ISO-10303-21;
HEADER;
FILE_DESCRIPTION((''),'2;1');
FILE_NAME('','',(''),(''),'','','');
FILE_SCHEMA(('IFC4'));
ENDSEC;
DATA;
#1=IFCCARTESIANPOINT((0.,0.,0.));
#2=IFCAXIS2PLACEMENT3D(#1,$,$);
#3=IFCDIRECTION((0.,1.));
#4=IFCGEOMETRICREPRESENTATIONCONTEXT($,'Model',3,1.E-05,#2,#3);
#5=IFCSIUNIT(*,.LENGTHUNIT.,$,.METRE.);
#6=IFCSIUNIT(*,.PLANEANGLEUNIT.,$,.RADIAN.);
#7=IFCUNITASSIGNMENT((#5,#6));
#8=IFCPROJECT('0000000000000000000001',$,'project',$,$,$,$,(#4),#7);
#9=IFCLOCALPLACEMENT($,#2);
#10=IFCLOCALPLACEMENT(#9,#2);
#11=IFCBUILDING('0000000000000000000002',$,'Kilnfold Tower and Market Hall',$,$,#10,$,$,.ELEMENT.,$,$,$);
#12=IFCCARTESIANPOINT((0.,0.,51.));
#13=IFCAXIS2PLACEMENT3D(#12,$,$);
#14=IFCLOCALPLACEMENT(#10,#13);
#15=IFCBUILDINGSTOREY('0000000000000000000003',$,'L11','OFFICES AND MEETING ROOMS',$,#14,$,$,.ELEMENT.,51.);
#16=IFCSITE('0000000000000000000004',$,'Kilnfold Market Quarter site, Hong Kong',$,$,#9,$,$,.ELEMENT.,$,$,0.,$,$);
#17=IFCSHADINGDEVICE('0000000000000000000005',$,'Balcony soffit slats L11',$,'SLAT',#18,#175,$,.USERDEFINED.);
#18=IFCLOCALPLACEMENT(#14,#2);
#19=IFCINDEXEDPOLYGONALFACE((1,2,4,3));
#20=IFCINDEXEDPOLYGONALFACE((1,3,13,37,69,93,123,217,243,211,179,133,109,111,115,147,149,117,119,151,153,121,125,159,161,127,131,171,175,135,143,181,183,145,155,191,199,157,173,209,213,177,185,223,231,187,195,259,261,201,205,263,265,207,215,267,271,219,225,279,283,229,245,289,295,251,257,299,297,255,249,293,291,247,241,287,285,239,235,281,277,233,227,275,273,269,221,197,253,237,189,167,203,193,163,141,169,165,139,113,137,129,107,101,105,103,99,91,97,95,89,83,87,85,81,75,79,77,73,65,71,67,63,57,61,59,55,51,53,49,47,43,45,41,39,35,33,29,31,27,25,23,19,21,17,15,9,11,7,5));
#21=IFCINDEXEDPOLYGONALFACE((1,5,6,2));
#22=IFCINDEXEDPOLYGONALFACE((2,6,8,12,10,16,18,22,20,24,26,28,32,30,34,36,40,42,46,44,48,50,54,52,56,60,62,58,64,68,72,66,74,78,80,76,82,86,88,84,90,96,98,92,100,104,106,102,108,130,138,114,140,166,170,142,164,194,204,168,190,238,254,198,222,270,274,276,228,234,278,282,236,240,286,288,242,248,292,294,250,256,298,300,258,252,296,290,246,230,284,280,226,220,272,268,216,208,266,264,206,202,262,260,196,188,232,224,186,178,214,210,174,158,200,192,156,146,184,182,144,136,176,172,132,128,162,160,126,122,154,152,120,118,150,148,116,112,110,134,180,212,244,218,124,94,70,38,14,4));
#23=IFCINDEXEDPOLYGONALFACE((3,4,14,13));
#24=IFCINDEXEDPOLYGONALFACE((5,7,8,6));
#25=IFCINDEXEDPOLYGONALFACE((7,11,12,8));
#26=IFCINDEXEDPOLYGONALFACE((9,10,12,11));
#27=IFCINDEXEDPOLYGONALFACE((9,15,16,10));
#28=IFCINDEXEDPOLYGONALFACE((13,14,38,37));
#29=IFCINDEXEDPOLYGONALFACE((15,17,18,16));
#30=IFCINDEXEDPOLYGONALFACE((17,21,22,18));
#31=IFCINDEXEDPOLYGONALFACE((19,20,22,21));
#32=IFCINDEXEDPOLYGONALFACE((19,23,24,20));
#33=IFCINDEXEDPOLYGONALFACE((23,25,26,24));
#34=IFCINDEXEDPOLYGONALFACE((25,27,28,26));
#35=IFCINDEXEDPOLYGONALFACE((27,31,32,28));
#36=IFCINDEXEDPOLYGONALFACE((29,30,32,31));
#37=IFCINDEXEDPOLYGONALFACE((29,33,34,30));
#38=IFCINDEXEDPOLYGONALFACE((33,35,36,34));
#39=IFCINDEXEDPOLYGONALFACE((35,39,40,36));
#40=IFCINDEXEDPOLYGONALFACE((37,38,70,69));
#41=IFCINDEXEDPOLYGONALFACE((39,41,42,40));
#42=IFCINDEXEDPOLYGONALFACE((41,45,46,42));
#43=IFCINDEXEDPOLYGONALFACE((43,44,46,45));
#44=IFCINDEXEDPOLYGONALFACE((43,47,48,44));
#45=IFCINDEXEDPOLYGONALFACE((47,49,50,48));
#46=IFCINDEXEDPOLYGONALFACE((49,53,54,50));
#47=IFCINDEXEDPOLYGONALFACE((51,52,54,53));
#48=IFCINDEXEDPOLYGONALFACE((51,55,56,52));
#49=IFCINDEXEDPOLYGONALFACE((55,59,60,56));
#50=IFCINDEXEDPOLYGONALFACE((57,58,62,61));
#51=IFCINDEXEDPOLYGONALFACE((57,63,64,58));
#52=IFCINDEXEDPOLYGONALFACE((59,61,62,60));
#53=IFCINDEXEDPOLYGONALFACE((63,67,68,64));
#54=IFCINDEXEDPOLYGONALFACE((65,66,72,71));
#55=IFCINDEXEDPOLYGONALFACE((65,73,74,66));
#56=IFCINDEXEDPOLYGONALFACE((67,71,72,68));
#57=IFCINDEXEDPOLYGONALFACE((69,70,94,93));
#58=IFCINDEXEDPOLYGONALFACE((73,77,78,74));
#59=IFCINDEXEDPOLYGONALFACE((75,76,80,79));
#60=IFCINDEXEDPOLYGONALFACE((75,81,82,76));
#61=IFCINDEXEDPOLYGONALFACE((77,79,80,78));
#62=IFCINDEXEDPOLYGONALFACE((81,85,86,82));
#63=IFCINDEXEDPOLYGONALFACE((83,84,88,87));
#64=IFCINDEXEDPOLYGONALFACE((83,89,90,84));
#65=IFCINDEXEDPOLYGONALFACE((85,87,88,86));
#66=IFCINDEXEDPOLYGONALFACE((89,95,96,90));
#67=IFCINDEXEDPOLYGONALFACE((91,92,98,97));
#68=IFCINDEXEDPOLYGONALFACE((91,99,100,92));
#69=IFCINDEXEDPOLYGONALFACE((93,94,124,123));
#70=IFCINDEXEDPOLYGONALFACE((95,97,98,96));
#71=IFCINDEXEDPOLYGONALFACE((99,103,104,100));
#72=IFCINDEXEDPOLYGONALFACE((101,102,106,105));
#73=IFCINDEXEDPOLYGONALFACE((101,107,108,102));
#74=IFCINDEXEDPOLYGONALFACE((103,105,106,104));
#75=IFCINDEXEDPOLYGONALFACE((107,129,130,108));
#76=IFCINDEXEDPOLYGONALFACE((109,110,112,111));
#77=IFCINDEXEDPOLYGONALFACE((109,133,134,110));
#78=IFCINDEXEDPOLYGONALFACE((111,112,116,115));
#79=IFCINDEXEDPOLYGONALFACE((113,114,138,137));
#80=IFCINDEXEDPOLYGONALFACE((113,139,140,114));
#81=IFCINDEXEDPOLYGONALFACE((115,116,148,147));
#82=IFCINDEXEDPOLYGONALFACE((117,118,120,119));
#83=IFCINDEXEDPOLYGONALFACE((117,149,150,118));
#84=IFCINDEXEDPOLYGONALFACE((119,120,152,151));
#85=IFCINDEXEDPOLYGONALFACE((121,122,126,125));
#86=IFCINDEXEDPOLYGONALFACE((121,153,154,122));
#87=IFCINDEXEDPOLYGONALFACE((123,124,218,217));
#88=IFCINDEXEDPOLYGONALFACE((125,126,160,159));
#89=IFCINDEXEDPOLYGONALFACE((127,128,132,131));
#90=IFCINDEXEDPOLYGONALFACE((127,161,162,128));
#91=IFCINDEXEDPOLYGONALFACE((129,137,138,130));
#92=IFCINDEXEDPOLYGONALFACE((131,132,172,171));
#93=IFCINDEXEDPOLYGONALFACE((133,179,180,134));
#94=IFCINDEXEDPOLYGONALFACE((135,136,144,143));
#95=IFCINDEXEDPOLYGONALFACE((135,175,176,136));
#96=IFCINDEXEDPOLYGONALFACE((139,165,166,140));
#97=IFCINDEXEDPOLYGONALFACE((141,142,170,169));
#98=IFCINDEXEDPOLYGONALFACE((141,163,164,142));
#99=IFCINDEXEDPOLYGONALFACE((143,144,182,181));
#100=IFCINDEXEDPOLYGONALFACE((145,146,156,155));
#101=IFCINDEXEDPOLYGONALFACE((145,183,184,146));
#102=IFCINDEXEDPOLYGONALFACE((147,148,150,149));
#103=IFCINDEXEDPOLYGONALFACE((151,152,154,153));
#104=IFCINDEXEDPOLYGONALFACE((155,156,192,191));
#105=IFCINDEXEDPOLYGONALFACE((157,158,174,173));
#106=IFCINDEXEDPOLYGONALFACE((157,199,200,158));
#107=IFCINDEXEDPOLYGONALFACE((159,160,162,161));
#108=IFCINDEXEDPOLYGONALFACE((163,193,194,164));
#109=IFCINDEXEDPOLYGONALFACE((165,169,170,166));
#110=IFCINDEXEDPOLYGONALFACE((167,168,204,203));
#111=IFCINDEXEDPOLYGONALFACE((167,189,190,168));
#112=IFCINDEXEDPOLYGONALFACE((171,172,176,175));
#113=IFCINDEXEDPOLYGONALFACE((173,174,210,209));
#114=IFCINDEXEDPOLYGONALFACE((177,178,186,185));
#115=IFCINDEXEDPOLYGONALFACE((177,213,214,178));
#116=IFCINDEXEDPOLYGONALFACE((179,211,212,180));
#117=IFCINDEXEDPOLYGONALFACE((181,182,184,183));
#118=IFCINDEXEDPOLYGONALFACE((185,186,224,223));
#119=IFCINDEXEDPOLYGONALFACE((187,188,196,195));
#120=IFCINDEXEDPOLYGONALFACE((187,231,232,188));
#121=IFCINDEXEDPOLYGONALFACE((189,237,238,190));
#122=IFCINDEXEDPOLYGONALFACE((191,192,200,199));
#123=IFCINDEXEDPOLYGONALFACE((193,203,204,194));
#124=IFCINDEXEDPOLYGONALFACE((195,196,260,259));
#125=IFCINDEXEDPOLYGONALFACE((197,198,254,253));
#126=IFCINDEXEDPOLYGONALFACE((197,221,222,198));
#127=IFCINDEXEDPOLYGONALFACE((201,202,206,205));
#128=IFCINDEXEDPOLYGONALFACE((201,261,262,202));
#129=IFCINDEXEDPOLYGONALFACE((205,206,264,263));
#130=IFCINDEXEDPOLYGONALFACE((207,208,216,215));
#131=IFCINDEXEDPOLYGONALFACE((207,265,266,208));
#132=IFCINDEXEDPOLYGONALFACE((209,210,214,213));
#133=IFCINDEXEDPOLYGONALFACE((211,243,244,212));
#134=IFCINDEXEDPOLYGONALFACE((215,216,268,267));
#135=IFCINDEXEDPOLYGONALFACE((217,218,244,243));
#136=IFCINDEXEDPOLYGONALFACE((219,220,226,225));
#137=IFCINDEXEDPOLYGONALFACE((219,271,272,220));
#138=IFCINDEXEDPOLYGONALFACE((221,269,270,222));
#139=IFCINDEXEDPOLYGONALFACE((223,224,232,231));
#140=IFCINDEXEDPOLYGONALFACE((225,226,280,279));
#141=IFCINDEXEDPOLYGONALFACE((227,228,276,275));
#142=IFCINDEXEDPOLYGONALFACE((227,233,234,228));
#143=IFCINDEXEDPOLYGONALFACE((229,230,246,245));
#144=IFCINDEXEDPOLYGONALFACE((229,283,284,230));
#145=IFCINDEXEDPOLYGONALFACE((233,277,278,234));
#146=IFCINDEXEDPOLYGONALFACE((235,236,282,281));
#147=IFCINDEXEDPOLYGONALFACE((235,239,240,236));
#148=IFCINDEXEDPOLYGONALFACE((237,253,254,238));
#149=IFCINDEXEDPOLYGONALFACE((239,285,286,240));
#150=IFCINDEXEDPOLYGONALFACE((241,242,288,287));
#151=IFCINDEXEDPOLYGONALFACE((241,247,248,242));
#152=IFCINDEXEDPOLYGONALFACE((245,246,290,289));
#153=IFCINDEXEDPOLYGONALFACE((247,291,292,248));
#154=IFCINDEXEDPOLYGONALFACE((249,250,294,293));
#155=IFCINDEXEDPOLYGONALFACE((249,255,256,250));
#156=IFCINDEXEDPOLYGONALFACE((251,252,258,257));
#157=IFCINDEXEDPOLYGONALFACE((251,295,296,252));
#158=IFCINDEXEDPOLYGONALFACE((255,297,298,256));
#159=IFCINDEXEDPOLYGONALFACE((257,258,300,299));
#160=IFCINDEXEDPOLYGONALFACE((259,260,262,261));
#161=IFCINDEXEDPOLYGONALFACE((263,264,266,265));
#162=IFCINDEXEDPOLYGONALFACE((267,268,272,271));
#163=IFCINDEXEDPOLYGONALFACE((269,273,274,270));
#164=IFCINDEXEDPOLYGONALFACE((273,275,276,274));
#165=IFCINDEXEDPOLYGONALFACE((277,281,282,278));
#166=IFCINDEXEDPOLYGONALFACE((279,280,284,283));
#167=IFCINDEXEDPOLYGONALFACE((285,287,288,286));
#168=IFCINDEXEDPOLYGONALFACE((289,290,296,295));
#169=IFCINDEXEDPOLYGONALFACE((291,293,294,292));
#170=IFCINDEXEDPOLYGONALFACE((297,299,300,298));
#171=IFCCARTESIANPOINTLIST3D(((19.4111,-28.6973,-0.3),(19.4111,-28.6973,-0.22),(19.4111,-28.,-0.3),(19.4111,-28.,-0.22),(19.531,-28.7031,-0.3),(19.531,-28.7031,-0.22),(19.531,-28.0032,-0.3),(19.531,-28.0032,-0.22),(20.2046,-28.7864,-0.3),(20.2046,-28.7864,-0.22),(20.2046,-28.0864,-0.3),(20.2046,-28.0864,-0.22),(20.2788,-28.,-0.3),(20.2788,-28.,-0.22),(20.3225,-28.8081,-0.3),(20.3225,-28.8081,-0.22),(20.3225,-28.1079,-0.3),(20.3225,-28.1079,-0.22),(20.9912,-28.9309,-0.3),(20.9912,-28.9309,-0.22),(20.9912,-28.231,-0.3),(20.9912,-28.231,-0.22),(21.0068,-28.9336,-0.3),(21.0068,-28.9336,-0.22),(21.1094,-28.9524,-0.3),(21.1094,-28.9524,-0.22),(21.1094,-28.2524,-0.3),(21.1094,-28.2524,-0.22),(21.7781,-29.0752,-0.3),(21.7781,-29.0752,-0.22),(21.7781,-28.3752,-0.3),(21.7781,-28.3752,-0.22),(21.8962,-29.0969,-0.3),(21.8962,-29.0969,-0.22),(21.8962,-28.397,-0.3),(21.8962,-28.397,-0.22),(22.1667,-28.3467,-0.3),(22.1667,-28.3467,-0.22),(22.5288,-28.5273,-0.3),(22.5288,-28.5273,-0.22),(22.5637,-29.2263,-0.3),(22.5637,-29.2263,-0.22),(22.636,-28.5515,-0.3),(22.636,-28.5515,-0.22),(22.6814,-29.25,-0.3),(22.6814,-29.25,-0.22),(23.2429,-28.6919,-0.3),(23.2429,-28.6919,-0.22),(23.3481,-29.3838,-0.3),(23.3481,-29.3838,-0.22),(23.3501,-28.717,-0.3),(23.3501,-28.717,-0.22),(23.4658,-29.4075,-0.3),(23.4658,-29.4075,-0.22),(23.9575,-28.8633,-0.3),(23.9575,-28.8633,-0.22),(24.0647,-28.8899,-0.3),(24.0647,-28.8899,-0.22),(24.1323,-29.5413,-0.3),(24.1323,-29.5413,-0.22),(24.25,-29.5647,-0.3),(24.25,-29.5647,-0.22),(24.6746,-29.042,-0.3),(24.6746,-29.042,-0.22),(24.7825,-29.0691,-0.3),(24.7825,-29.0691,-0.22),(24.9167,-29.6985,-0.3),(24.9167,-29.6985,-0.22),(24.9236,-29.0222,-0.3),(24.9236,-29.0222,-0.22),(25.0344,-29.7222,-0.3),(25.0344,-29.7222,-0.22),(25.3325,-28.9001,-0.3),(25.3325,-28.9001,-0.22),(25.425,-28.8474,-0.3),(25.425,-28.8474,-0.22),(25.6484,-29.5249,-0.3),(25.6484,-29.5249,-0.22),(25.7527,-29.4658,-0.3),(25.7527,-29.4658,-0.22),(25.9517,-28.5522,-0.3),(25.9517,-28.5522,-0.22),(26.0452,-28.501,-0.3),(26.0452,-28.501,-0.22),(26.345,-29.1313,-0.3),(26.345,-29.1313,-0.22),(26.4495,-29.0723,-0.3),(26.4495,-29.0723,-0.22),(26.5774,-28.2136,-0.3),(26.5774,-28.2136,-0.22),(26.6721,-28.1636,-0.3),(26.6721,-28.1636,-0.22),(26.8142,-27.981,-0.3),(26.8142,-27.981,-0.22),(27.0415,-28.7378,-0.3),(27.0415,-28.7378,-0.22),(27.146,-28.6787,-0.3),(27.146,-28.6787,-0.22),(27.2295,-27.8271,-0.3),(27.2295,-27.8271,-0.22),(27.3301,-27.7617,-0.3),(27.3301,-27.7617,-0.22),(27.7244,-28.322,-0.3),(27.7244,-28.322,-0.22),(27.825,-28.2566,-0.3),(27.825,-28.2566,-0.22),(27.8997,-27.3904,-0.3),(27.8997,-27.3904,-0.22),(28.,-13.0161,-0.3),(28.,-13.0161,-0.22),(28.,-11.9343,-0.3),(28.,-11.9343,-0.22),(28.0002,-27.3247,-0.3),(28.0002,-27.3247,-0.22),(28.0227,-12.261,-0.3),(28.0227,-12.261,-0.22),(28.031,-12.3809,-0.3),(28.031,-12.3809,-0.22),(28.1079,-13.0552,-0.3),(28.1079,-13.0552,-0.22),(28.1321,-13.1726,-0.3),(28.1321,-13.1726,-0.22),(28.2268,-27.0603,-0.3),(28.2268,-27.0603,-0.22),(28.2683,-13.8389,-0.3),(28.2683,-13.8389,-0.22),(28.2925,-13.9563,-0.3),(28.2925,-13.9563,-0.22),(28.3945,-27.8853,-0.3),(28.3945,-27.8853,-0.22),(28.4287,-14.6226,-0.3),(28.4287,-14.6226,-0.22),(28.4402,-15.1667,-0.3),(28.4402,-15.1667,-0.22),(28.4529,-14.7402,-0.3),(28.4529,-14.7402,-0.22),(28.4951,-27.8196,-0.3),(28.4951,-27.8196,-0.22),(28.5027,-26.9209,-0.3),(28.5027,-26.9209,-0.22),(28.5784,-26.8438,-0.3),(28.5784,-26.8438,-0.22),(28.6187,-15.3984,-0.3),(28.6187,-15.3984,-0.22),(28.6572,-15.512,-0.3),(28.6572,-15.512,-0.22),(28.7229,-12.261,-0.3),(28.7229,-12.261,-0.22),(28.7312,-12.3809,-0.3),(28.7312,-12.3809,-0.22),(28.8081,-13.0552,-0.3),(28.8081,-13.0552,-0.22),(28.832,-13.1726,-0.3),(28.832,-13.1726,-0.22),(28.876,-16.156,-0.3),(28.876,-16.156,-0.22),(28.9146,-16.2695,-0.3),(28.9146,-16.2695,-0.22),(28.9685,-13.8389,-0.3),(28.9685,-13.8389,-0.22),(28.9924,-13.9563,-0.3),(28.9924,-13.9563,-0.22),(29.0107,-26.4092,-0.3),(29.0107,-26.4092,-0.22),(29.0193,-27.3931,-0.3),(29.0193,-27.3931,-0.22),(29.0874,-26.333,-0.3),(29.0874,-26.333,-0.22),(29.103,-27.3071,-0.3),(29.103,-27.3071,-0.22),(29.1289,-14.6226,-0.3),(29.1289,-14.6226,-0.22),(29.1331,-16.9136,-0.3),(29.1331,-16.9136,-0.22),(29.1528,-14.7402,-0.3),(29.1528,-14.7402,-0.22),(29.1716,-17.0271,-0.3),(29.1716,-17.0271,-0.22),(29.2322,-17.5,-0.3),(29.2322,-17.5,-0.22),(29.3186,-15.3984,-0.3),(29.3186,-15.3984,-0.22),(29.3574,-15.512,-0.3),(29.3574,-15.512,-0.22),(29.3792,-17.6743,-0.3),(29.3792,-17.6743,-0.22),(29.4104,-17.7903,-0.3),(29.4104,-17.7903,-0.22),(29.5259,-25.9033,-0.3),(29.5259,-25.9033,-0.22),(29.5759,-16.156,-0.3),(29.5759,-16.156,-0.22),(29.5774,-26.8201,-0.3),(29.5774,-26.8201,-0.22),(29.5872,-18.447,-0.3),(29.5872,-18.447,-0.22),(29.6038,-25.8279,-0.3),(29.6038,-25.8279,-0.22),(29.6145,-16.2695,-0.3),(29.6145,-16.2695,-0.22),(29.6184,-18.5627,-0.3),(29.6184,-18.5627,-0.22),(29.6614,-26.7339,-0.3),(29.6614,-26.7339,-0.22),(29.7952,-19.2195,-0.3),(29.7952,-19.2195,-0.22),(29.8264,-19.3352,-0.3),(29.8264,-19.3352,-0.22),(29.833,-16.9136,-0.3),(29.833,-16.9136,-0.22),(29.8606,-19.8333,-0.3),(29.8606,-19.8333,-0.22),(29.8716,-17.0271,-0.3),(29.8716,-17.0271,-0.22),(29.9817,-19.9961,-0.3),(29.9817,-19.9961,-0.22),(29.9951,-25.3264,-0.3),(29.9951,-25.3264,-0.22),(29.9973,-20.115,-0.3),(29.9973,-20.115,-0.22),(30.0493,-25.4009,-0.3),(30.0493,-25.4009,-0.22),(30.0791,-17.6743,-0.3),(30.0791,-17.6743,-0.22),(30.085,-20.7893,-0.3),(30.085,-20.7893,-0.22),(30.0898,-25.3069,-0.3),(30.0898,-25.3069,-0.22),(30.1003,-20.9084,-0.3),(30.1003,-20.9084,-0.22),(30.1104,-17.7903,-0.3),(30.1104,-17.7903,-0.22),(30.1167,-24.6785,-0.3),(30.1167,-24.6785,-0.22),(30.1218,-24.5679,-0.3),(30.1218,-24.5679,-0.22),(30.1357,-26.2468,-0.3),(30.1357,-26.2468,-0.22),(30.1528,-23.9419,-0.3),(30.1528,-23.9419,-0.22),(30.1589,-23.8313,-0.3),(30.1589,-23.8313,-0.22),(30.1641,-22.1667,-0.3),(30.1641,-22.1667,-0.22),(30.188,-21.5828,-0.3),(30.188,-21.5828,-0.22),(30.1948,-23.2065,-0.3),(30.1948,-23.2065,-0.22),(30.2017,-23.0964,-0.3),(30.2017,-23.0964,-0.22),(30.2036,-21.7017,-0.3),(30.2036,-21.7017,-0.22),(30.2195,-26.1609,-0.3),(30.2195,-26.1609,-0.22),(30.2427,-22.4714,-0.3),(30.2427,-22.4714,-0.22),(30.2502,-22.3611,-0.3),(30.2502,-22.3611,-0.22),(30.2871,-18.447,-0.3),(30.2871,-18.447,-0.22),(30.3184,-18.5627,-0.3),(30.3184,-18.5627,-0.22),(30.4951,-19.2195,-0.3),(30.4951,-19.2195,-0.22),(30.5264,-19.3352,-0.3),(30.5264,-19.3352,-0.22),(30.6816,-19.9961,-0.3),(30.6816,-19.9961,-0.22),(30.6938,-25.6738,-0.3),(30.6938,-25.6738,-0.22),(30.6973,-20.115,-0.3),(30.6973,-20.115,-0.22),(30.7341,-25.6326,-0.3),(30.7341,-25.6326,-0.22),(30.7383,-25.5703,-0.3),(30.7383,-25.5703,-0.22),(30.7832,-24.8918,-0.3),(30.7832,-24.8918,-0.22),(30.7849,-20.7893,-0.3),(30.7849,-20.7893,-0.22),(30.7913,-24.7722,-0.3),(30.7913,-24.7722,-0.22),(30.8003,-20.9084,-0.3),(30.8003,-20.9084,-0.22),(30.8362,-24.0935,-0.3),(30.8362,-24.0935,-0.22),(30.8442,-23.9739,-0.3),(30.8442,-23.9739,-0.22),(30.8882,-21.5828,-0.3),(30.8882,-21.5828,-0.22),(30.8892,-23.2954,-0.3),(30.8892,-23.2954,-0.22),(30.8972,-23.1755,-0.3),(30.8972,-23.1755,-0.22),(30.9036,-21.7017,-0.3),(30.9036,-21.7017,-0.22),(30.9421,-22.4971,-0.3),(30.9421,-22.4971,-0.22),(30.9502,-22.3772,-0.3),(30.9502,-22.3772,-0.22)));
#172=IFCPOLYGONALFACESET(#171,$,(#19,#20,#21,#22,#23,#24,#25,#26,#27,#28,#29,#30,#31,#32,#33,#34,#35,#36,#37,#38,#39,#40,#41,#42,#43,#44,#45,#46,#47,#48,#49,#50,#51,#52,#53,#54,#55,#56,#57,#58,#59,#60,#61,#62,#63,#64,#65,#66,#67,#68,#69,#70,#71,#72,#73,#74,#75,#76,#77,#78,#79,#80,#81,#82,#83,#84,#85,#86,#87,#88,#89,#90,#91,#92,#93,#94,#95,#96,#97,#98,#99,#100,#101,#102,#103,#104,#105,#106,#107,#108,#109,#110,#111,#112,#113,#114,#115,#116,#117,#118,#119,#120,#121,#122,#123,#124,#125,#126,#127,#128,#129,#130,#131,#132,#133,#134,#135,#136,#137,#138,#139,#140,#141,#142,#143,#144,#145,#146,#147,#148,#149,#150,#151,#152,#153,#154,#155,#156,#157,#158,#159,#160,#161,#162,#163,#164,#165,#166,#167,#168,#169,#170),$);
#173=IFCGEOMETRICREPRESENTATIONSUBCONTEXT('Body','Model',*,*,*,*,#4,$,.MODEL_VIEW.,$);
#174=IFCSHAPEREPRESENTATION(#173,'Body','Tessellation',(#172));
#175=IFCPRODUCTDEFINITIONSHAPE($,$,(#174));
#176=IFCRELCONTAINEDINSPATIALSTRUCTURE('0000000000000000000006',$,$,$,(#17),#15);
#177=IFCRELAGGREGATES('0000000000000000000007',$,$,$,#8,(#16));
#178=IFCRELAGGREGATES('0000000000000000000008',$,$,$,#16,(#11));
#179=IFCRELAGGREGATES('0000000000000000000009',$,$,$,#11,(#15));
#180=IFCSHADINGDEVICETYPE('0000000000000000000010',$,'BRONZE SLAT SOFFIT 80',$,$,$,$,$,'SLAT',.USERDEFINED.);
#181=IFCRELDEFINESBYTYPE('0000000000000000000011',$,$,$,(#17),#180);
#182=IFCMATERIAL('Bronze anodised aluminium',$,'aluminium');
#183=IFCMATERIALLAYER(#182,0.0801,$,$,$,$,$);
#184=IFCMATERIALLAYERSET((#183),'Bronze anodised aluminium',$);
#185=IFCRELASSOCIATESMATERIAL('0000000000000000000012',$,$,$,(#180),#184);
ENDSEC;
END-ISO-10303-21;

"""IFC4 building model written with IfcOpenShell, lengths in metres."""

from ifc_helpers import new_model, si_unit, direction, frame, origin, place, context, subcontext, project, spatial, polyline, outline, extrude, source, transform, mapped, material, layer, layer_set, type_object, element, save


model = new_model("IFC4")

# Units and contexts
model_context = context("Model", 3, precision=1e-05, world=origin(), true_north=direction((0.0, 1.0)))
body_context = subcontext(model_context, "Body", "Model", "MODEL_VIEW")
ifc_project = project(units=[si_unit("LENGTHUNIT", "METRE"), si_unit("PLANEANGLEUNIT", "RADIAN")], contexts=[model_context])

# Site, building, storey
site_placement = place(None, origin())
site = spatial("IfcSite", under=ifc_project, at=site_placement, Name="Kilnfold Market Quarter site, Hong Kong", CompositionType="ELEMENT", RefElevation=0.0)
building_placement = place(site_placement, origin())
building = spatial("IfcBuilding", under=site, at=building_placement, Name="Kilnfold Tower and Market Hall", CompositionType="ELEMENT")
storey_placement = place(building_placement, frame((0.0, 0.0, 51.0)))
storey = spatial("IfcBuildingStorey", under=building, at=storey_placement, Name="L11", Description="OFFICES AND MEETING ROOMS", CompositionType="ELEMENT", Elevation=51.0)

# Shading device
ifc_material_1 = material(Name="Bronze anodised aluminium", Category="aluminium")
ifc_layer_1 = layer(ifc_material_1, 0.0801)
ifc_layer_set_1 = layer_set([ifc_layer_1], Name="Bronze anodised aluminium")
shading_device_type_1 = type_object("IfcShadingDeviceType", Name="BRONZE SLAT SOFFIT 80", ElementType="SLAT", PredefinedType="USERDEFINED", material=ifc_layer_set_1)
shared_shape_1 = source(origin(), body_context, "Body", "SweptSolid", [
    extrude(outline(polyline([(22.1667, -28.3467), (24.9236, -29.0222), (26.8142, -27.981), (28.2268, -27.0603), (29.9951, -25.3264), (30.1641, -22.1667), (29.8606, -19.8333), (29.2322, -17.5), (28.4402, -15.1667), (28.0, -13.0161), (28.0, -11.9343), (28.0227, -12.261), (28.7229, -12.261), (28.7312, -12.3809), (28.031, -12.3809), (28.1079, -13.0552), (28.8081, -13.0552), (28.832, -13.1726), (28.1321, -13.1726), (28.2683, -13.8389), (28.9685, -13.8389), (28.9924, -13.9563), (28.2925, -13.9563), (28.4287, -14.6226), (29.1289, -14.6226), (29.1528, -14.7402), (28.4529, -14.7402), (28.6187, -15.3984), (29.3186, -15.3984), (29.3574, -15.512), (28.6572, -15.512), (28.876, -16.156), (29.5759, -16.156), (29.6145, -16.2695), (28.9146, -16.2695), (29.1331, -16.9136), (29.833, -16.9136), (29.8716, -17.0271), (29.1716, -17.0271), (29.3792, -17.6743), (30.0791, -17.6743), (30.1104, -17.7903), (29.4104, -17.7903), (29.5872, -18.447), (30.2871, -18.447), (30.3184, -18.5627), (29.6184, -18.5627), (29.7952, -19.2195), (30.4951, -19.2195), (30.5264, -19.3352), (29.8264, -19.3352), (29.9817, -19.9961), (30.6816, -19.9961), (30.6973, -20.115), (29.9973, -20.115), (30.085, -20.7893), (30.7849, -20.7893), (30.8003, -20.9084), (30.1003, -20.9084), (30.188, -21.5828), (30.8882, -21.5828), (30.9036, -21.7017), (30.2036, -21.7017), (30.2502, -22.3611), (30.9502, -22.3772), (30.9421, -22.4971), (30.2427, -22.4714), (30.2017, -23.0964), (30.8972, -23.1755), (30.8892, -23.2954), (30.1948, -23.2065), (30.1589, -23.8313), (30.8442, -23.9739), (30.8362, -24.0935), (30.1528, -23.9419), (30.1218, -24.5679), (30.7913, -24.7722), (30.7832, -24.8918), (30.1167, -24.6785), (30.0898, -25.3069), (30.7383, -25.5703), (30.7341, -25.6326), (30.6938, -25.6738), (30.0493, -25.4009), (29.6038, -25.8279), (30.2195, -26.1609), (30.1357, -26.2468), (29.5259, -25.9033), (29.0874, -26.333), (29.6614, -26.7339), (29.5774, -26.8201), (29.0107, -26.4092), (28.5784, -26.8438), (29.103, -27.3071), (29.0193, -27.3931), (28.5027, -26.9209), (28.0002, -27.3247), (28.4951, -27.8196), (28.3945, -27.8853), (27.8997, -27.3904), (27.3301, -27.7617), (27.825, -28.2566), (27.7244, -28.322), (27.2295, -27.8271), (26.6721, -28.1636), (27.146, -28.6787), (27.0415, -28.7378), (26.5774, -28.2136), (26.0452, -28.501), (26.4495, -29.0723), (26.345, -29.1313), (25.9517, -28.5522), (25.425, -28.8474), (25.7527, -29.4658), (25.6484, -29.5249), (25.3325, -28.9001), (24.7825, -29.0691), (25.0344, -29.7222), (24.9167, -29.6985), (24.6746, -29.042), (24.0647, -28.8899), (24.25, -29.5647), (24.1323, -29.5413), (23.9575, -28.8633), (23.3501, -28.717), (23.4658, -29.4075), (23.3481, -29.3838), (23.2429, -28.6919), (22.636, -28.5515), (22.6814, -29.25), (22.5637, -29.2263), (22.5288, -28.5273), (21.8962, -28.397), (21.8962, -29.0969), (21.7781, -29.0752), (21.7781, -28.3752), (21.1094, -28.2524), (21.1094, -28.9524), (21.0068, -28.9336), (20.9912, -28.9309), (20.9912, -28.231), (20.3225, -28.1079), (20.3225, -28.8081), (20.2046, -28.7864), (20.2046, -28.0864), (19.531, -28.0032), (19.531, -28.7031), (19.4111, -28.6973), (19.4111, -28.0), (20.2788, -28.0), (22.1667, -28.3467)])), origin(), (0.0, 0.0, 1.0), 0.0801),
])
shading_device_1_placement = place(storey_placement, frame((0.0, 0.0, -0.3)))
element("IfcShadingDevice", 1, at=shading_device_1_placement, inside=storey, type_object=shading_device_type_1, Name="Balcony soffit slats L11", ObjectType="SLAT", PredefinedType="USERDEFINED", context=body_context, shape_type="MappedRepresentation", body=[
    mapped(shared_shape_1, transform((0.0, 0.0, 0.0))),
])

save(model, "model.ifc")
